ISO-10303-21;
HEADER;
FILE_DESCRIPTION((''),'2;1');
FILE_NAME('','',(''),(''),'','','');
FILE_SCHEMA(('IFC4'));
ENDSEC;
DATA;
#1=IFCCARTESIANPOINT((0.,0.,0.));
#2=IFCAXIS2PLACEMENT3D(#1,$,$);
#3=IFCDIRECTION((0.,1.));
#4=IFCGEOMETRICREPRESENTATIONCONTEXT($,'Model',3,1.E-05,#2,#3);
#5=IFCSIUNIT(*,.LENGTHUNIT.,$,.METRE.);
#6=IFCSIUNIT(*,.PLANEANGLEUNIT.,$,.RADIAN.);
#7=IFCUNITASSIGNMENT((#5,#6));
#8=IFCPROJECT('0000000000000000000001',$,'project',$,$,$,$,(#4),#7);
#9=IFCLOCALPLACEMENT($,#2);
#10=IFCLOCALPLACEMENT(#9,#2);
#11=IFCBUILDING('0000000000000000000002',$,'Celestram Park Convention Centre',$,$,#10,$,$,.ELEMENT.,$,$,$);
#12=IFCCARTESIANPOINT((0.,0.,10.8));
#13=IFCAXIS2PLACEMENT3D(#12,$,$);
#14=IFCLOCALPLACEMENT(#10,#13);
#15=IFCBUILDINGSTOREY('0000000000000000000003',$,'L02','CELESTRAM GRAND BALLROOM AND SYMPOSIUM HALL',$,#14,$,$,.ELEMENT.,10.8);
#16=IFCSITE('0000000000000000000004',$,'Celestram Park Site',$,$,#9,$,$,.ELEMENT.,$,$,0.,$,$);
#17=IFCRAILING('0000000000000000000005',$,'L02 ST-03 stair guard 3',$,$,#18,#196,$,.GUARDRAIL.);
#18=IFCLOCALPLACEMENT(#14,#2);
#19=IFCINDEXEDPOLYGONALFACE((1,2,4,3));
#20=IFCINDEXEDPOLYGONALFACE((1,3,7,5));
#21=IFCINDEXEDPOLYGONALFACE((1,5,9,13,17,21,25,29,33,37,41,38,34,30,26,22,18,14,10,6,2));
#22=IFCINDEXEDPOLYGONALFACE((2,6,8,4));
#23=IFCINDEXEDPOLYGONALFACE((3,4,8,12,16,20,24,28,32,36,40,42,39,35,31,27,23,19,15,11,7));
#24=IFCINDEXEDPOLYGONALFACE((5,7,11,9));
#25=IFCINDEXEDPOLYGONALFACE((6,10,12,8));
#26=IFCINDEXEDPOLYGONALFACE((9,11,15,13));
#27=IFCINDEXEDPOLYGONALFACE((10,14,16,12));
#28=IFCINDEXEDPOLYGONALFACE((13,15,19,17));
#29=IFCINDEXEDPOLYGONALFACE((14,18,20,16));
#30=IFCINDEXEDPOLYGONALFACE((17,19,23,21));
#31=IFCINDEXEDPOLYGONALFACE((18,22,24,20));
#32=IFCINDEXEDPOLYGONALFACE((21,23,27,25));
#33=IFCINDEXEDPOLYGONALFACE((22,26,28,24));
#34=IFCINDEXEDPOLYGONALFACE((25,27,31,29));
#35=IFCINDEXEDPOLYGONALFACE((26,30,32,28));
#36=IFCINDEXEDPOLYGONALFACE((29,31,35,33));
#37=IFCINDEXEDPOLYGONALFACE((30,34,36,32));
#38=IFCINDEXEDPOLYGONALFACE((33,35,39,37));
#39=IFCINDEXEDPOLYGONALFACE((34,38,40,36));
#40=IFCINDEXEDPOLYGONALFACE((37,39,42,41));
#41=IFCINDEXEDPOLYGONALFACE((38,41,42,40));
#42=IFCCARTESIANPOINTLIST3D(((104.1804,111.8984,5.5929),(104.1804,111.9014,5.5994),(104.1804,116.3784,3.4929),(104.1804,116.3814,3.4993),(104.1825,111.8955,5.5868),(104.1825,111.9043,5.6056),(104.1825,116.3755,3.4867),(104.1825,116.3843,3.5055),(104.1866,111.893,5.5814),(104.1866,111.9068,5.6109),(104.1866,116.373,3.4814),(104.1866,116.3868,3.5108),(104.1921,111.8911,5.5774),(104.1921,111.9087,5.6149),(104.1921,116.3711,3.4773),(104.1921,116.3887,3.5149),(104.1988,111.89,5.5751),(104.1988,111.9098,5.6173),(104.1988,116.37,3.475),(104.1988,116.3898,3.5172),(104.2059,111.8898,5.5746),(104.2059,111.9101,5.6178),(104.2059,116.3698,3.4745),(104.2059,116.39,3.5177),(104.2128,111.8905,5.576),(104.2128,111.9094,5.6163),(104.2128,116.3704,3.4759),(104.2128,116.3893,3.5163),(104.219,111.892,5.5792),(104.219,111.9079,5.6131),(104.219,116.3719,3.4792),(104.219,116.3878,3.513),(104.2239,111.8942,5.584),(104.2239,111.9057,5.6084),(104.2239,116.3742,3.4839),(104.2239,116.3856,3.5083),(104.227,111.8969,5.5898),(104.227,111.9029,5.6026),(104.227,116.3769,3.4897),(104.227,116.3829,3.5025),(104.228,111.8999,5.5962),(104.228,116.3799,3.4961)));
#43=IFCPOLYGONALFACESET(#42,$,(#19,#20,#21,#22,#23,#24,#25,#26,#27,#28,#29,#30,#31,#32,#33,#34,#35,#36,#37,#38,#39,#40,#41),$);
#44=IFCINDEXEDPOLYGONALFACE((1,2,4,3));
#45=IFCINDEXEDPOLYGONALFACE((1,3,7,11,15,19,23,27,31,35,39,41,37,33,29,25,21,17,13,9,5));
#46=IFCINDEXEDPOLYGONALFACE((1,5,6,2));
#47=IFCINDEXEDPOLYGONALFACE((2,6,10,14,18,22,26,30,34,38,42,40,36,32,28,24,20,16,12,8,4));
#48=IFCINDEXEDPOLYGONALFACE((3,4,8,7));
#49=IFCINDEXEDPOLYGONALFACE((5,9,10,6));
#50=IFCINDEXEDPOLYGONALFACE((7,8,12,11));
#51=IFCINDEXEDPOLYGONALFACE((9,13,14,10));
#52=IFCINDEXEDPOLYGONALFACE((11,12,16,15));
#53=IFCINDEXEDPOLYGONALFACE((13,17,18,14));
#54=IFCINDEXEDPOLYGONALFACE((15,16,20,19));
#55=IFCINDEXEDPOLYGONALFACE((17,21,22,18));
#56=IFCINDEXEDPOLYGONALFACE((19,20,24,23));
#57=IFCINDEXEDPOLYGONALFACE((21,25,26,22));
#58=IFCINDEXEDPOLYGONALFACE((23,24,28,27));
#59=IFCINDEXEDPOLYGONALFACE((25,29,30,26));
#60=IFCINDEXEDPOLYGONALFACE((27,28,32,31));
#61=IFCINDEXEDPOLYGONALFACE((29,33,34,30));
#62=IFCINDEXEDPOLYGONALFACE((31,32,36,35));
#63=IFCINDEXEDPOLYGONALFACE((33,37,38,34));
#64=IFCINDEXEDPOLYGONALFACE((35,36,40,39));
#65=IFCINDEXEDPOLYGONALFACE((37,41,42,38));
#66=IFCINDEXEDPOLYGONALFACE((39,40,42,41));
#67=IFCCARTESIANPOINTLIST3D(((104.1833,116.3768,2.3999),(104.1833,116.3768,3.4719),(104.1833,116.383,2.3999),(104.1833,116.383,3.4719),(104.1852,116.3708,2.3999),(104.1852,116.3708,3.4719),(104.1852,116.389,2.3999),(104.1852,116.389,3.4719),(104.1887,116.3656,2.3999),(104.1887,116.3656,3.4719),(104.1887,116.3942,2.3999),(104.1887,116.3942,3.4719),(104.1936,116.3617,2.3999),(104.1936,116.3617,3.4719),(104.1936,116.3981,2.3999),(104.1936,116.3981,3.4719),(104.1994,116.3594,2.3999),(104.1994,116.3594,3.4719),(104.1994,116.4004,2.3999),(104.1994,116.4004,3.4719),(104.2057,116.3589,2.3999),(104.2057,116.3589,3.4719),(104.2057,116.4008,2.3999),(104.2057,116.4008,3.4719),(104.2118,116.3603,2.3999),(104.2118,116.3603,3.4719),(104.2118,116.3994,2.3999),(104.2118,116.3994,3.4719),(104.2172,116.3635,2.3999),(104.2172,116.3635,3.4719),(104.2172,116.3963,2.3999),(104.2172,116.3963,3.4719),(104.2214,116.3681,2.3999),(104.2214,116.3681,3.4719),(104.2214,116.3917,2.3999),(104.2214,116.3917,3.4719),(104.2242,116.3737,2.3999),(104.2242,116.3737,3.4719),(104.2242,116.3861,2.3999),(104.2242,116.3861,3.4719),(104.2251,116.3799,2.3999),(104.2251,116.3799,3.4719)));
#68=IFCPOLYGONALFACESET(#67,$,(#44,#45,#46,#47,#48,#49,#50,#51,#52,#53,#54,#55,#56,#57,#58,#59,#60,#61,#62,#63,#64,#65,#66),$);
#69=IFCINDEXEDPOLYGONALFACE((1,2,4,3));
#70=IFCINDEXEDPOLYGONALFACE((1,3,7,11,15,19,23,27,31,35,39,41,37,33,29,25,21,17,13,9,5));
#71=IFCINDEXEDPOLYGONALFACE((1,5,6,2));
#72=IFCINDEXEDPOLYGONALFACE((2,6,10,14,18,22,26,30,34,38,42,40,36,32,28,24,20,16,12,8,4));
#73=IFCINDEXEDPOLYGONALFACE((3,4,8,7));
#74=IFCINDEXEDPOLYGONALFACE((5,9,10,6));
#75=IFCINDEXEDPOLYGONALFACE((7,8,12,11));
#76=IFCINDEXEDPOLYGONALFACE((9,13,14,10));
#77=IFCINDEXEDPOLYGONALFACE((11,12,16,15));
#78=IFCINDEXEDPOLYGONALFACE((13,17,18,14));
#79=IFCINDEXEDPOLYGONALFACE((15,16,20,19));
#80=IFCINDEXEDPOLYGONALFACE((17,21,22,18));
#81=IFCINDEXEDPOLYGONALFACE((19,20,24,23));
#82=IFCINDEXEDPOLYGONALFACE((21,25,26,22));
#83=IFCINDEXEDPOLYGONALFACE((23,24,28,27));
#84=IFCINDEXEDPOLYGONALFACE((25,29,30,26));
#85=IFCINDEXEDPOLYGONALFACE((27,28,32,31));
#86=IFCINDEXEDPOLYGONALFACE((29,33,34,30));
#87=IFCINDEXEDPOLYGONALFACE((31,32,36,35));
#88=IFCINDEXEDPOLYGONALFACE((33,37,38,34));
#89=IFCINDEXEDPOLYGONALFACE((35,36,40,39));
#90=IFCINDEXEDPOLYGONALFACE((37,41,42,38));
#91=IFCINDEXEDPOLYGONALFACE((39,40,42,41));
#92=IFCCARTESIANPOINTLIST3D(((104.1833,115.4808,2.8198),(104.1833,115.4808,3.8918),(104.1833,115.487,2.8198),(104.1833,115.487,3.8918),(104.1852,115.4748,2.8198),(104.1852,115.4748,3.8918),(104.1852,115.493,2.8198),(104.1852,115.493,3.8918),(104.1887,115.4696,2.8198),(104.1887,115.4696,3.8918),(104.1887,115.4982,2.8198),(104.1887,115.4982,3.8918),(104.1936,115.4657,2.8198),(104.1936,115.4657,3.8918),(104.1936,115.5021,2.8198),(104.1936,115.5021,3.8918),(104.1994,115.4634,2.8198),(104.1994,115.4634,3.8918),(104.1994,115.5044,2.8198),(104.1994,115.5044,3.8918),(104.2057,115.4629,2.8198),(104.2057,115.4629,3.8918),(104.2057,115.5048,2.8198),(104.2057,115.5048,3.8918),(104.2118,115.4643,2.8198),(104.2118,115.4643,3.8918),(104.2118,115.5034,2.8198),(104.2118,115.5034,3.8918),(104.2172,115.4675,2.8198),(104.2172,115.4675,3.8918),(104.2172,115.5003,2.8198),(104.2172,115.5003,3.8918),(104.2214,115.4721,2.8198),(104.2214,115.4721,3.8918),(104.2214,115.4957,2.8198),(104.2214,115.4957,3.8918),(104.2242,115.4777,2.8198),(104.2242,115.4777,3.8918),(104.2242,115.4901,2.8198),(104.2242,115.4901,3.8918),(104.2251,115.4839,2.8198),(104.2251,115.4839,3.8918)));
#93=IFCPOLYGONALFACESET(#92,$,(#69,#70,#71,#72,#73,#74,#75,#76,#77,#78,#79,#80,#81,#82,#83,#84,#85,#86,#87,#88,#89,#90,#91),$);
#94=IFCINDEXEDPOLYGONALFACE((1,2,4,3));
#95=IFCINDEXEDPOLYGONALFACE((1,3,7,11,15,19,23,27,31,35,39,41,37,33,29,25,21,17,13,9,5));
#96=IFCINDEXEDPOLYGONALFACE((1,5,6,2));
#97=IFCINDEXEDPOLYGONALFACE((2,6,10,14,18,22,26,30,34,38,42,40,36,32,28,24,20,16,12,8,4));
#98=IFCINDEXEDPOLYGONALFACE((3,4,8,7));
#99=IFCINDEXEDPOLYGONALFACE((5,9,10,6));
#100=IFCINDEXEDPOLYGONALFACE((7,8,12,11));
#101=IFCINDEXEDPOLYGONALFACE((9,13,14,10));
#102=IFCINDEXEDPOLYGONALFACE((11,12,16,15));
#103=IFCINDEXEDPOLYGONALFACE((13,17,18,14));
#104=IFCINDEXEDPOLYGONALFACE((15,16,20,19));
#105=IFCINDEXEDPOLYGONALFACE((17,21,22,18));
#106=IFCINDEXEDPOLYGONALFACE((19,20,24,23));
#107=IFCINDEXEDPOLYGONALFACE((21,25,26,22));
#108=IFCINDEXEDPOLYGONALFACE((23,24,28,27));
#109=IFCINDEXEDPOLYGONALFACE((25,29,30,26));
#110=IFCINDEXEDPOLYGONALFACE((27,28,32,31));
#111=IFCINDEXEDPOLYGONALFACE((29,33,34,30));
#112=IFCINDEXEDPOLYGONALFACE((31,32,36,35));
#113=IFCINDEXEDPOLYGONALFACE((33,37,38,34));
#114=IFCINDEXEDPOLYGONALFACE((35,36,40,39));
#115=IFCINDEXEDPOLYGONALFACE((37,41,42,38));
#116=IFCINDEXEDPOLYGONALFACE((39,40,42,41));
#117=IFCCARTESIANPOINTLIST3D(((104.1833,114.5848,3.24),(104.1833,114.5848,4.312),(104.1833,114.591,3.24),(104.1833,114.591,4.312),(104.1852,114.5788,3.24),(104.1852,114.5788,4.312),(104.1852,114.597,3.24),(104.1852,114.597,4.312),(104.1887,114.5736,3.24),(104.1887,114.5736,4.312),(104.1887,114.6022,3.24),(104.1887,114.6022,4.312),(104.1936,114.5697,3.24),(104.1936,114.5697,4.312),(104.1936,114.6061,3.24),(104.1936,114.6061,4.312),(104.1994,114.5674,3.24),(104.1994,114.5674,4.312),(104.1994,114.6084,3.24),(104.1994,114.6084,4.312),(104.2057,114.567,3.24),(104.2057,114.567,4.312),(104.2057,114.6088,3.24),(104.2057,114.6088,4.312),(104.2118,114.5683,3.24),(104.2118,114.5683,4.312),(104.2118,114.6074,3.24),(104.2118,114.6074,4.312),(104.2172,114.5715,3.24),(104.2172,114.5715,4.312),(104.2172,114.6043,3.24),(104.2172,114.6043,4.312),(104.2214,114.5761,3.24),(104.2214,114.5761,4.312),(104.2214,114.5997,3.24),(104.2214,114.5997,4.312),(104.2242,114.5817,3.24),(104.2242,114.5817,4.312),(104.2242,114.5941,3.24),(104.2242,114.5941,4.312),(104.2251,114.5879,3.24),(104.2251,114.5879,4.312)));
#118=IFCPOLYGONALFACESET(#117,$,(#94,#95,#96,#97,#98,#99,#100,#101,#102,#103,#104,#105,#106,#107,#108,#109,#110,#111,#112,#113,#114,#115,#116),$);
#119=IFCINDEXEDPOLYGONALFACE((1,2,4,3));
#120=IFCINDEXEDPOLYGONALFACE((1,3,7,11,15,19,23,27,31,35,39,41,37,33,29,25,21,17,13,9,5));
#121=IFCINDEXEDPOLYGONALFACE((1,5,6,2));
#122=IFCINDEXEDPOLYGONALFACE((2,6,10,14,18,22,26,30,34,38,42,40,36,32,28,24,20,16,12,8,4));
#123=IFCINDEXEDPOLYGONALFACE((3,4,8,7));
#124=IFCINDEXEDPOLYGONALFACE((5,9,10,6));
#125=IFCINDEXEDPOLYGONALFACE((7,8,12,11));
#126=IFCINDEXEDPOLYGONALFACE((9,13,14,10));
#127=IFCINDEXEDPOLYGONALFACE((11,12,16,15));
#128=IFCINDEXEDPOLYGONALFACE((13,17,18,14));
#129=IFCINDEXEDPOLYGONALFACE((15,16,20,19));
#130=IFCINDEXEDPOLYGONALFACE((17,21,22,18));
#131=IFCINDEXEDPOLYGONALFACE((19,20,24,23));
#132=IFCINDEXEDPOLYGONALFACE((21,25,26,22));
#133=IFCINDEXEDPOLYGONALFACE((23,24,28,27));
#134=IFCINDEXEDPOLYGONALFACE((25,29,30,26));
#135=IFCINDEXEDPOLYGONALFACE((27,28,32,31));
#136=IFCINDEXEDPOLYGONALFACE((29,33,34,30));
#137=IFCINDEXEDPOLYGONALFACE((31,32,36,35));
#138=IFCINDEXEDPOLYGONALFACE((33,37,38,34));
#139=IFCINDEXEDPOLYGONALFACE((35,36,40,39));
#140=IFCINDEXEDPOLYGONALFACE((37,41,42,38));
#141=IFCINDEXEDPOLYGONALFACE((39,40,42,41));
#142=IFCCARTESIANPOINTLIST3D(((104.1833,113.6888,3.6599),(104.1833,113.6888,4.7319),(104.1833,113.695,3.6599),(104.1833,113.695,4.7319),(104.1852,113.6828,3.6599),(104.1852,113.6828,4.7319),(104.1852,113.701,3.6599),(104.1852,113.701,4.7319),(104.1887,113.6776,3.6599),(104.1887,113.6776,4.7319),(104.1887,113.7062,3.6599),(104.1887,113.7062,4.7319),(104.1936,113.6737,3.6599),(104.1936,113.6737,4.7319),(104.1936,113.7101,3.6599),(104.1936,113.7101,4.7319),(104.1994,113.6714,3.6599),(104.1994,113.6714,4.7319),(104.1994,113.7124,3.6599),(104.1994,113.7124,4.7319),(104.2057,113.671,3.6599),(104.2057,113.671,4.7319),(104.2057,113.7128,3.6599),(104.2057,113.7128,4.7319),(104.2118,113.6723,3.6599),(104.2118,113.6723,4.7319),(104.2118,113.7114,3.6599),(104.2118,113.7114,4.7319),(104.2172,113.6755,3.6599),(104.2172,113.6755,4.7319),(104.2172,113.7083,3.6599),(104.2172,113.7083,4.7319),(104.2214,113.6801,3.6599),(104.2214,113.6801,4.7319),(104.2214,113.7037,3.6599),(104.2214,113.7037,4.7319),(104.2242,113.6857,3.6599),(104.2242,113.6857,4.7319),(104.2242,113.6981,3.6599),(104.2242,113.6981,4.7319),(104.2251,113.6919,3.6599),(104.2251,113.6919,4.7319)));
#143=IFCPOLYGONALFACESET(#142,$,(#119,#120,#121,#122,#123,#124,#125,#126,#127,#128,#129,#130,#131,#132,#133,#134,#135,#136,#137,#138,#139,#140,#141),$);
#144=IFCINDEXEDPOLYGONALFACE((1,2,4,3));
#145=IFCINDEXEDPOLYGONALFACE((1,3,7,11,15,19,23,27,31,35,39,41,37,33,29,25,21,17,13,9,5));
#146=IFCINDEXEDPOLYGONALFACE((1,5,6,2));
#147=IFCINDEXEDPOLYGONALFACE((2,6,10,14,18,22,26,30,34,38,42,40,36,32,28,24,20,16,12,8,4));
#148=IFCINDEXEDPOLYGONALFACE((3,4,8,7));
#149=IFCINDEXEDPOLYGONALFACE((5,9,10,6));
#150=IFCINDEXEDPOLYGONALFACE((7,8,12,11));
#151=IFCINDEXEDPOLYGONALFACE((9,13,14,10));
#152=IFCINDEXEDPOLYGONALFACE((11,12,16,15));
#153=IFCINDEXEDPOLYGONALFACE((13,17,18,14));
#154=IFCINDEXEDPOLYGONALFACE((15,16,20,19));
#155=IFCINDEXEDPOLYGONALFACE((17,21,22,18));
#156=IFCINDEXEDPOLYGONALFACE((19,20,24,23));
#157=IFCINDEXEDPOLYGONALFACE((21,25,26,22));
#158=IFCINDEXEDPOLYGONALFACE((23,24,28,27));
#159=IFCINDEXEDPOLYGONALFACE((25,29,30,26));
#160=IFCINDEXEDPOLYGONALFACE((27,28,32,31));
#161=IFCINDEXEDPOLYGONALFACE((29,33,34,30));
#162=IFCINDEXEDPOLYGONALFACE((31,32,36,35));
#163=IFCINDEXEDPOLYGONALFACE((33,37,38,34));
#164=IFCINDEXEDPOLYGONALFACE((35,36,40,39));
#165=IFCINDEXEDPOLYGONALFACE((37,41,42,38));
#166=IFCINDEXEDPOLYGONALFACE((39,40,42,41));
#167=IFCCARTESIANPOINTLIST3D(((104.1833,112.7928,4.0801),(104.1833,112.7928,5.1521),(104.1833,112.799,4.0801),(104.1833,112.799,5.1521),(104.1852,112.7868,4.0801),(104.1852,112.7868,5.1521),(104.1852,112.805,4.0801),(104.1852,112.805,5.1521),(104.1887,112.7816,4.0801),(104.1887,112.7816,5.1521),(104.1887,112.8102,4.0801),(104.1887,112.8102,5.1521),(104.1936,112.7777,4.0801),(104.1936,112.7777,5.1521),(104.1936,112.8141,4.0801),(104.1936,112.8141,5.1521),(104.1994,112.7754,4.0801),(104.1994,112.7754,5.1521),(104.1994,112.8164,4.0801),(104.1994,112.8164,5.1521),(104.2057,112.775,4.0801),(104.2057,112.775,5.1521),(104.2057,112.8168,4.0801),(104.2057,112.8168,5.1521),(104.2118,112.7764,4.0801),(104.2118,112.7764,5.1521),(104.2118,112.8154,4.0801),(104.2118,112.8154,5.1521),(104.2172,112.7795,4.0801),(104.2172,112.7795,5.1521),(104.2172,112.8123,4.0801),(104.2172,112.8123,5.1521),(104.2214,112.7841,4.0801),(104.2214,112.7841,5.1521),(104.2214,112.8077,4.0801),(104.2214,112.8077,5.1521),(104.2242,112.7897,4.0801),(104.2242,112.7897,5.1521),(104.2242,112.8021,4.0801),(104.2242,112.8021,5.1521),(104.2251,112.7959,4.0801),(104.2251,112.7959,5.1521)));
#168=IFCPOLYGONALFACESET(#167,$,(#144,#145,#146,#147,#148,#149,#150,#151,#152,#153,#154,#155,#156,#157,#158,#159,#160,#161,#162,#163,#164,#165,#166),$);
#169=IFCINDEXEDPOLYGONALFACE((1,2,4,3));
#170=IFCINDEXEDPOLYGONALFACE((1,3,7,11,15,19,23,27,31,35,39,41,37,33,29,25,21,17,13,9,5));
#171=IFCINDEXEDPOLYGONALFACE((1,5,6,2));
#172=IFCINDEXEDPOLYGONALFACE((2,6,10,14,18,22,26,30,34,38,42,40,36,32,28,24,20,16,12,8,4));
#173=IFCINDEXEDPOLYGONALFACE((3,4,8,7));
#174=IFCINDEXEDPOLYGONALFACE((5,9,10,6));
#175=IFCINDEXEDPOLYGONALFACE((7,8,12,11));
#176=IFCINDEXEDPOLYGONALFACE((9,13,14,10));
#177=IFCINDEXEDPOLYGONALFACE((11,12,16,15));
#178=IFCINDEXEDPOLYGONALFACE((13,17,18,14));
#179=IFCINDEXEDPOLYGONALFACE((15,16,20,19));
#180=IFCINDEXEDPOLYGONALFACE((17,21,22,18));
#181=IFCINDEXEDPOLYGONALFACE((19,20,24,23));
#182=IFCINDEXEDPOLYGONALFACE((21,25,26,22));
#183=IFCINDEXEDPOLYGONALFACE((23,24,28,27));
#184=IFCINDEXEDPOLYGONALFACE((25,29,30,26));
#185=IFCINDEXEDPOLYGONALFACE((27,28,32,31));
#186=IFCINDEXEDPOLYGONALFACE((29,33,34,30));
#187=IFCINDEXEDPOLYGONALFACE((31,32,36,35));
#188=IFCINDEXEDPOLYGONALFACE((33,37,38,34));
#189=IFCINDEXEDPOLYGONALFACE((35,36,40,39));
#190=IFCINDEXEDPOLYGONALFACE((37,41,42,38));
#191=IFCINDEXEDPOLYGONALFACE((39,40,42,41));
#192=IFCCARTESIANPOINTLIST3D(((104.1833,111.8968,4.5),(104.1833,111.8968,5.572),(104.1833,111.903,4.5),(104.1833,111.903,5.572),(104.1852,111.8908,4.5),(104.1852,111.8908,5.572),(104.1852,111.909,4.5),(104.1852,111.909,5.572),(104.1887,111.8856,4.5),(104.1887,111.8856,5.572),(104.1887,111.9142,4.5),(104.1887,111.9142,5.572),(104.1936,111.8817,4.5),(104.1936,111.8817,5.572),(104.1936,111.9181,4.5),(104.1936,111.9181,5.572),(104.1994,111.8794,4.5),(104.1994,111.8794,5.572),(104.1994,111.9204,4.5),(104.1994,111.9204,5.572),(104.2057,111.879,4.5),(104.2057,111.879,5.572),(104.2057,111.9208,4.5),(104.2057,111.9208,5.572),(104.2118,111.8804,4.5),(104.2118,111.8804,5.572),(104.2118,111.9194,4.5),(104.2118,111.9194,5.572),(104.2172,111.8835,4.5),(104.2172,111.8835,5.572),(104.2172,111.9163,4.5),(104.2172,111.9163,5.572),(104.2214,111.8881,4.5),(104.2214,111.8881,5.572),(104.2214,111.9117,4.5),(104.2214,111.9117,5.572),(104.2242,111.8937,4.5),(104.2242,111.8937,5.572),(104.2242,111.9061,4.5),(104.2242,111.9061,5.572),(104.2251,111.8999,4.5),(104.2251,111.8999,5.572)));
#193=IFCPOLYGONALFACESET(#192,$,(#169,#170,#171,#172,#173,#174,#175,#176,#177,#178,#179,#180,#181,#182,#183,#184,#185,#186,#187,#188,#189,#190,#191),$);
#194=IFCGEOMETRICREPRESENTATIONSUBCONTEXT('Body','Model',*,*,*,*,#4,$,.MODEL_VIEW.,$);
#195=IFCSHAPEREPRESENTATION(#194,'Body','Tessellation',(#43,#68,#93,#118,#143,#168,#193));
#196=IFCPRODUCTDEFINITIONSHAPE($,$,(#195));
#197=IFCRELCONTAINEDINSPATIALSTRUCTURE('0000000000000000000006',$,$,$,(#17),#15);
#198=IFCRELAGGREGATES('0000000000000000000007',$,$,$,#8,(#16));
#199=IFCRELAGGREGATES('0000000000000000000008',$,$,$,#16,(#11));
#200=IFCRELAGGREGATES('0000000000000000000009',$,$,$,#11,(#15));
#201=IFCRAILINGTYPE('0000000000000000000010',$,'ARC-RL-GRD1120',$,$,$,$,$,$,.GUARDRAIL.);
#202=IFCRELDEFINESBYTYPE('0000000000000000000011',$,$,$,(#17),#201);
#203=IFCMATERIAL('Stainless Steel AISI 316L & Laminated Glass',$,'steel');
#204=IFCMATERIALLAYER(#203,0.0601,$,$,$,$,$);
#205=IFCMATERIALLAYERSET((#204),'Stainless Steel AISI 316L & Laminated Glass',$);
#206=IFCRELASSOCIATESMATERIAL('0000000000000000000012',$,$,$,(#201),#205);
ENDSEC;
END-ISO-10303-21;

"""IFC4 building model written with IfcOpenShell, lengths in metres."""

from ifc_helpers import new_model, si_unit, direction, frame, origin, origin_2d, place, context, subcontext, project, spatial, circle, extrude, material, layer, layer_set, type_object, element, save


model = new_model("IFC4")

# Units and contexts
model_context = context("Model", 3, precision=1e-05, world=origin(), true_north=direction((0.0, 1.0)))
body_context = subcontext(model_context, "Body", "Model", "MODEL_VIEW")
ifc_project = project(units=[si_unit("LENGTHUNIT", "METRE"), si_unit("PLANEANGLEUNIT", "RADIAN")], contexts=[model_context])

# Site, building, storey
site_placement = place(None, origin())
site = spatial("IfcSite", under=ifc_project, at=site_placement, Name="Celestram Park Site", CompositionType="ELEMENT", RefElevation=0.0)
building_placement = place(site_placement, origin())
building = spatial("IfcBuilding", under=site, at=building_placement, Name="Celestram Park Convention Centre", CompositionType="ELEMENT")
storey_placement = place(building_placement, frame((0.0, 0.0, 10.8)))
storey = spatial("IfcBuildingStorey", under=building, at=storey_placement, Name="L02", Description="CELESTRAM GRAND BALLROOM AND SYMPOSIUM HALL", CompositionType="ELEMENT", Elevation=10.8)

# Railing
ifc_material_1 = material(Name="Stainless Steel AISI 316L & Laminated Glass", Category="steel")
ifc_layer_1 = layer(ifc_material_1, 0.0601)
ifc_layer_set_1 = layer_set([ifc_layer_1], Name="Stainless Steel AISI 316L & Laminated Glass")
railing_type_1 = type_object("IfcRailingType", Name="ARC-RL-GRD1120", PredefinedType="GUARDRAIL", material=ifc_layer_set_1)
railing_1_placement = place(storey_placement, frame((104.2041, 116.3799, 2.3999)))
element("IfcRailing", 1, at=railing_1_placement, inside=storey, type_object=railing_type_1, Name="L02 ST-03 stair guard 3", PredefinedType="GUARDRAIL", context=body_context, shape_type="SweptSolid", body=[
    extrude(circle(Radius=0.0239, at=origin_2d()), frame((0.0, 0.0, 1.0962), z_axis=(0.0, -0.905451, 0.424452), x_axis=(1.0, 0.0, 0.0)), (0.0, 0.0, 1.0), 4.9478),
    extrude(circle(Radius=0.021, at=origin_2d()), origin(), (0.0, 0.0, 1.0), 1.072),
    extrude(circle(Radius=0.021, at=origin_2d()), frame((0.0, -0.896, 0.4199)), (0.0, 0.0, 1.0), 1.072),
    extrude(circle(Radius=0.021, at=origin_2d()), frame((0.0, -1.792, 0.8401)), (0.0, 0.0, 1.0), 1.072),
    extrude(circle(Radius=0.021, at=origin_2d()), frame((0.0, -2.688, 1.26)), (0.0, 0.0, 1.0), 1.072),
    extrude(circle(Radius=0.021, at=origin_2d()), frame((0.0, -3.584, 1.6802)), (0.0, 0.0, 1.0), 1.072),
    extrude(circle(Radius=0.021, at=origin_2d()), frame((0.0, -4.48, 2.1001)), (0.0, 0.0, 1.0), 1.072),
])

save(model, "model.ifc")
